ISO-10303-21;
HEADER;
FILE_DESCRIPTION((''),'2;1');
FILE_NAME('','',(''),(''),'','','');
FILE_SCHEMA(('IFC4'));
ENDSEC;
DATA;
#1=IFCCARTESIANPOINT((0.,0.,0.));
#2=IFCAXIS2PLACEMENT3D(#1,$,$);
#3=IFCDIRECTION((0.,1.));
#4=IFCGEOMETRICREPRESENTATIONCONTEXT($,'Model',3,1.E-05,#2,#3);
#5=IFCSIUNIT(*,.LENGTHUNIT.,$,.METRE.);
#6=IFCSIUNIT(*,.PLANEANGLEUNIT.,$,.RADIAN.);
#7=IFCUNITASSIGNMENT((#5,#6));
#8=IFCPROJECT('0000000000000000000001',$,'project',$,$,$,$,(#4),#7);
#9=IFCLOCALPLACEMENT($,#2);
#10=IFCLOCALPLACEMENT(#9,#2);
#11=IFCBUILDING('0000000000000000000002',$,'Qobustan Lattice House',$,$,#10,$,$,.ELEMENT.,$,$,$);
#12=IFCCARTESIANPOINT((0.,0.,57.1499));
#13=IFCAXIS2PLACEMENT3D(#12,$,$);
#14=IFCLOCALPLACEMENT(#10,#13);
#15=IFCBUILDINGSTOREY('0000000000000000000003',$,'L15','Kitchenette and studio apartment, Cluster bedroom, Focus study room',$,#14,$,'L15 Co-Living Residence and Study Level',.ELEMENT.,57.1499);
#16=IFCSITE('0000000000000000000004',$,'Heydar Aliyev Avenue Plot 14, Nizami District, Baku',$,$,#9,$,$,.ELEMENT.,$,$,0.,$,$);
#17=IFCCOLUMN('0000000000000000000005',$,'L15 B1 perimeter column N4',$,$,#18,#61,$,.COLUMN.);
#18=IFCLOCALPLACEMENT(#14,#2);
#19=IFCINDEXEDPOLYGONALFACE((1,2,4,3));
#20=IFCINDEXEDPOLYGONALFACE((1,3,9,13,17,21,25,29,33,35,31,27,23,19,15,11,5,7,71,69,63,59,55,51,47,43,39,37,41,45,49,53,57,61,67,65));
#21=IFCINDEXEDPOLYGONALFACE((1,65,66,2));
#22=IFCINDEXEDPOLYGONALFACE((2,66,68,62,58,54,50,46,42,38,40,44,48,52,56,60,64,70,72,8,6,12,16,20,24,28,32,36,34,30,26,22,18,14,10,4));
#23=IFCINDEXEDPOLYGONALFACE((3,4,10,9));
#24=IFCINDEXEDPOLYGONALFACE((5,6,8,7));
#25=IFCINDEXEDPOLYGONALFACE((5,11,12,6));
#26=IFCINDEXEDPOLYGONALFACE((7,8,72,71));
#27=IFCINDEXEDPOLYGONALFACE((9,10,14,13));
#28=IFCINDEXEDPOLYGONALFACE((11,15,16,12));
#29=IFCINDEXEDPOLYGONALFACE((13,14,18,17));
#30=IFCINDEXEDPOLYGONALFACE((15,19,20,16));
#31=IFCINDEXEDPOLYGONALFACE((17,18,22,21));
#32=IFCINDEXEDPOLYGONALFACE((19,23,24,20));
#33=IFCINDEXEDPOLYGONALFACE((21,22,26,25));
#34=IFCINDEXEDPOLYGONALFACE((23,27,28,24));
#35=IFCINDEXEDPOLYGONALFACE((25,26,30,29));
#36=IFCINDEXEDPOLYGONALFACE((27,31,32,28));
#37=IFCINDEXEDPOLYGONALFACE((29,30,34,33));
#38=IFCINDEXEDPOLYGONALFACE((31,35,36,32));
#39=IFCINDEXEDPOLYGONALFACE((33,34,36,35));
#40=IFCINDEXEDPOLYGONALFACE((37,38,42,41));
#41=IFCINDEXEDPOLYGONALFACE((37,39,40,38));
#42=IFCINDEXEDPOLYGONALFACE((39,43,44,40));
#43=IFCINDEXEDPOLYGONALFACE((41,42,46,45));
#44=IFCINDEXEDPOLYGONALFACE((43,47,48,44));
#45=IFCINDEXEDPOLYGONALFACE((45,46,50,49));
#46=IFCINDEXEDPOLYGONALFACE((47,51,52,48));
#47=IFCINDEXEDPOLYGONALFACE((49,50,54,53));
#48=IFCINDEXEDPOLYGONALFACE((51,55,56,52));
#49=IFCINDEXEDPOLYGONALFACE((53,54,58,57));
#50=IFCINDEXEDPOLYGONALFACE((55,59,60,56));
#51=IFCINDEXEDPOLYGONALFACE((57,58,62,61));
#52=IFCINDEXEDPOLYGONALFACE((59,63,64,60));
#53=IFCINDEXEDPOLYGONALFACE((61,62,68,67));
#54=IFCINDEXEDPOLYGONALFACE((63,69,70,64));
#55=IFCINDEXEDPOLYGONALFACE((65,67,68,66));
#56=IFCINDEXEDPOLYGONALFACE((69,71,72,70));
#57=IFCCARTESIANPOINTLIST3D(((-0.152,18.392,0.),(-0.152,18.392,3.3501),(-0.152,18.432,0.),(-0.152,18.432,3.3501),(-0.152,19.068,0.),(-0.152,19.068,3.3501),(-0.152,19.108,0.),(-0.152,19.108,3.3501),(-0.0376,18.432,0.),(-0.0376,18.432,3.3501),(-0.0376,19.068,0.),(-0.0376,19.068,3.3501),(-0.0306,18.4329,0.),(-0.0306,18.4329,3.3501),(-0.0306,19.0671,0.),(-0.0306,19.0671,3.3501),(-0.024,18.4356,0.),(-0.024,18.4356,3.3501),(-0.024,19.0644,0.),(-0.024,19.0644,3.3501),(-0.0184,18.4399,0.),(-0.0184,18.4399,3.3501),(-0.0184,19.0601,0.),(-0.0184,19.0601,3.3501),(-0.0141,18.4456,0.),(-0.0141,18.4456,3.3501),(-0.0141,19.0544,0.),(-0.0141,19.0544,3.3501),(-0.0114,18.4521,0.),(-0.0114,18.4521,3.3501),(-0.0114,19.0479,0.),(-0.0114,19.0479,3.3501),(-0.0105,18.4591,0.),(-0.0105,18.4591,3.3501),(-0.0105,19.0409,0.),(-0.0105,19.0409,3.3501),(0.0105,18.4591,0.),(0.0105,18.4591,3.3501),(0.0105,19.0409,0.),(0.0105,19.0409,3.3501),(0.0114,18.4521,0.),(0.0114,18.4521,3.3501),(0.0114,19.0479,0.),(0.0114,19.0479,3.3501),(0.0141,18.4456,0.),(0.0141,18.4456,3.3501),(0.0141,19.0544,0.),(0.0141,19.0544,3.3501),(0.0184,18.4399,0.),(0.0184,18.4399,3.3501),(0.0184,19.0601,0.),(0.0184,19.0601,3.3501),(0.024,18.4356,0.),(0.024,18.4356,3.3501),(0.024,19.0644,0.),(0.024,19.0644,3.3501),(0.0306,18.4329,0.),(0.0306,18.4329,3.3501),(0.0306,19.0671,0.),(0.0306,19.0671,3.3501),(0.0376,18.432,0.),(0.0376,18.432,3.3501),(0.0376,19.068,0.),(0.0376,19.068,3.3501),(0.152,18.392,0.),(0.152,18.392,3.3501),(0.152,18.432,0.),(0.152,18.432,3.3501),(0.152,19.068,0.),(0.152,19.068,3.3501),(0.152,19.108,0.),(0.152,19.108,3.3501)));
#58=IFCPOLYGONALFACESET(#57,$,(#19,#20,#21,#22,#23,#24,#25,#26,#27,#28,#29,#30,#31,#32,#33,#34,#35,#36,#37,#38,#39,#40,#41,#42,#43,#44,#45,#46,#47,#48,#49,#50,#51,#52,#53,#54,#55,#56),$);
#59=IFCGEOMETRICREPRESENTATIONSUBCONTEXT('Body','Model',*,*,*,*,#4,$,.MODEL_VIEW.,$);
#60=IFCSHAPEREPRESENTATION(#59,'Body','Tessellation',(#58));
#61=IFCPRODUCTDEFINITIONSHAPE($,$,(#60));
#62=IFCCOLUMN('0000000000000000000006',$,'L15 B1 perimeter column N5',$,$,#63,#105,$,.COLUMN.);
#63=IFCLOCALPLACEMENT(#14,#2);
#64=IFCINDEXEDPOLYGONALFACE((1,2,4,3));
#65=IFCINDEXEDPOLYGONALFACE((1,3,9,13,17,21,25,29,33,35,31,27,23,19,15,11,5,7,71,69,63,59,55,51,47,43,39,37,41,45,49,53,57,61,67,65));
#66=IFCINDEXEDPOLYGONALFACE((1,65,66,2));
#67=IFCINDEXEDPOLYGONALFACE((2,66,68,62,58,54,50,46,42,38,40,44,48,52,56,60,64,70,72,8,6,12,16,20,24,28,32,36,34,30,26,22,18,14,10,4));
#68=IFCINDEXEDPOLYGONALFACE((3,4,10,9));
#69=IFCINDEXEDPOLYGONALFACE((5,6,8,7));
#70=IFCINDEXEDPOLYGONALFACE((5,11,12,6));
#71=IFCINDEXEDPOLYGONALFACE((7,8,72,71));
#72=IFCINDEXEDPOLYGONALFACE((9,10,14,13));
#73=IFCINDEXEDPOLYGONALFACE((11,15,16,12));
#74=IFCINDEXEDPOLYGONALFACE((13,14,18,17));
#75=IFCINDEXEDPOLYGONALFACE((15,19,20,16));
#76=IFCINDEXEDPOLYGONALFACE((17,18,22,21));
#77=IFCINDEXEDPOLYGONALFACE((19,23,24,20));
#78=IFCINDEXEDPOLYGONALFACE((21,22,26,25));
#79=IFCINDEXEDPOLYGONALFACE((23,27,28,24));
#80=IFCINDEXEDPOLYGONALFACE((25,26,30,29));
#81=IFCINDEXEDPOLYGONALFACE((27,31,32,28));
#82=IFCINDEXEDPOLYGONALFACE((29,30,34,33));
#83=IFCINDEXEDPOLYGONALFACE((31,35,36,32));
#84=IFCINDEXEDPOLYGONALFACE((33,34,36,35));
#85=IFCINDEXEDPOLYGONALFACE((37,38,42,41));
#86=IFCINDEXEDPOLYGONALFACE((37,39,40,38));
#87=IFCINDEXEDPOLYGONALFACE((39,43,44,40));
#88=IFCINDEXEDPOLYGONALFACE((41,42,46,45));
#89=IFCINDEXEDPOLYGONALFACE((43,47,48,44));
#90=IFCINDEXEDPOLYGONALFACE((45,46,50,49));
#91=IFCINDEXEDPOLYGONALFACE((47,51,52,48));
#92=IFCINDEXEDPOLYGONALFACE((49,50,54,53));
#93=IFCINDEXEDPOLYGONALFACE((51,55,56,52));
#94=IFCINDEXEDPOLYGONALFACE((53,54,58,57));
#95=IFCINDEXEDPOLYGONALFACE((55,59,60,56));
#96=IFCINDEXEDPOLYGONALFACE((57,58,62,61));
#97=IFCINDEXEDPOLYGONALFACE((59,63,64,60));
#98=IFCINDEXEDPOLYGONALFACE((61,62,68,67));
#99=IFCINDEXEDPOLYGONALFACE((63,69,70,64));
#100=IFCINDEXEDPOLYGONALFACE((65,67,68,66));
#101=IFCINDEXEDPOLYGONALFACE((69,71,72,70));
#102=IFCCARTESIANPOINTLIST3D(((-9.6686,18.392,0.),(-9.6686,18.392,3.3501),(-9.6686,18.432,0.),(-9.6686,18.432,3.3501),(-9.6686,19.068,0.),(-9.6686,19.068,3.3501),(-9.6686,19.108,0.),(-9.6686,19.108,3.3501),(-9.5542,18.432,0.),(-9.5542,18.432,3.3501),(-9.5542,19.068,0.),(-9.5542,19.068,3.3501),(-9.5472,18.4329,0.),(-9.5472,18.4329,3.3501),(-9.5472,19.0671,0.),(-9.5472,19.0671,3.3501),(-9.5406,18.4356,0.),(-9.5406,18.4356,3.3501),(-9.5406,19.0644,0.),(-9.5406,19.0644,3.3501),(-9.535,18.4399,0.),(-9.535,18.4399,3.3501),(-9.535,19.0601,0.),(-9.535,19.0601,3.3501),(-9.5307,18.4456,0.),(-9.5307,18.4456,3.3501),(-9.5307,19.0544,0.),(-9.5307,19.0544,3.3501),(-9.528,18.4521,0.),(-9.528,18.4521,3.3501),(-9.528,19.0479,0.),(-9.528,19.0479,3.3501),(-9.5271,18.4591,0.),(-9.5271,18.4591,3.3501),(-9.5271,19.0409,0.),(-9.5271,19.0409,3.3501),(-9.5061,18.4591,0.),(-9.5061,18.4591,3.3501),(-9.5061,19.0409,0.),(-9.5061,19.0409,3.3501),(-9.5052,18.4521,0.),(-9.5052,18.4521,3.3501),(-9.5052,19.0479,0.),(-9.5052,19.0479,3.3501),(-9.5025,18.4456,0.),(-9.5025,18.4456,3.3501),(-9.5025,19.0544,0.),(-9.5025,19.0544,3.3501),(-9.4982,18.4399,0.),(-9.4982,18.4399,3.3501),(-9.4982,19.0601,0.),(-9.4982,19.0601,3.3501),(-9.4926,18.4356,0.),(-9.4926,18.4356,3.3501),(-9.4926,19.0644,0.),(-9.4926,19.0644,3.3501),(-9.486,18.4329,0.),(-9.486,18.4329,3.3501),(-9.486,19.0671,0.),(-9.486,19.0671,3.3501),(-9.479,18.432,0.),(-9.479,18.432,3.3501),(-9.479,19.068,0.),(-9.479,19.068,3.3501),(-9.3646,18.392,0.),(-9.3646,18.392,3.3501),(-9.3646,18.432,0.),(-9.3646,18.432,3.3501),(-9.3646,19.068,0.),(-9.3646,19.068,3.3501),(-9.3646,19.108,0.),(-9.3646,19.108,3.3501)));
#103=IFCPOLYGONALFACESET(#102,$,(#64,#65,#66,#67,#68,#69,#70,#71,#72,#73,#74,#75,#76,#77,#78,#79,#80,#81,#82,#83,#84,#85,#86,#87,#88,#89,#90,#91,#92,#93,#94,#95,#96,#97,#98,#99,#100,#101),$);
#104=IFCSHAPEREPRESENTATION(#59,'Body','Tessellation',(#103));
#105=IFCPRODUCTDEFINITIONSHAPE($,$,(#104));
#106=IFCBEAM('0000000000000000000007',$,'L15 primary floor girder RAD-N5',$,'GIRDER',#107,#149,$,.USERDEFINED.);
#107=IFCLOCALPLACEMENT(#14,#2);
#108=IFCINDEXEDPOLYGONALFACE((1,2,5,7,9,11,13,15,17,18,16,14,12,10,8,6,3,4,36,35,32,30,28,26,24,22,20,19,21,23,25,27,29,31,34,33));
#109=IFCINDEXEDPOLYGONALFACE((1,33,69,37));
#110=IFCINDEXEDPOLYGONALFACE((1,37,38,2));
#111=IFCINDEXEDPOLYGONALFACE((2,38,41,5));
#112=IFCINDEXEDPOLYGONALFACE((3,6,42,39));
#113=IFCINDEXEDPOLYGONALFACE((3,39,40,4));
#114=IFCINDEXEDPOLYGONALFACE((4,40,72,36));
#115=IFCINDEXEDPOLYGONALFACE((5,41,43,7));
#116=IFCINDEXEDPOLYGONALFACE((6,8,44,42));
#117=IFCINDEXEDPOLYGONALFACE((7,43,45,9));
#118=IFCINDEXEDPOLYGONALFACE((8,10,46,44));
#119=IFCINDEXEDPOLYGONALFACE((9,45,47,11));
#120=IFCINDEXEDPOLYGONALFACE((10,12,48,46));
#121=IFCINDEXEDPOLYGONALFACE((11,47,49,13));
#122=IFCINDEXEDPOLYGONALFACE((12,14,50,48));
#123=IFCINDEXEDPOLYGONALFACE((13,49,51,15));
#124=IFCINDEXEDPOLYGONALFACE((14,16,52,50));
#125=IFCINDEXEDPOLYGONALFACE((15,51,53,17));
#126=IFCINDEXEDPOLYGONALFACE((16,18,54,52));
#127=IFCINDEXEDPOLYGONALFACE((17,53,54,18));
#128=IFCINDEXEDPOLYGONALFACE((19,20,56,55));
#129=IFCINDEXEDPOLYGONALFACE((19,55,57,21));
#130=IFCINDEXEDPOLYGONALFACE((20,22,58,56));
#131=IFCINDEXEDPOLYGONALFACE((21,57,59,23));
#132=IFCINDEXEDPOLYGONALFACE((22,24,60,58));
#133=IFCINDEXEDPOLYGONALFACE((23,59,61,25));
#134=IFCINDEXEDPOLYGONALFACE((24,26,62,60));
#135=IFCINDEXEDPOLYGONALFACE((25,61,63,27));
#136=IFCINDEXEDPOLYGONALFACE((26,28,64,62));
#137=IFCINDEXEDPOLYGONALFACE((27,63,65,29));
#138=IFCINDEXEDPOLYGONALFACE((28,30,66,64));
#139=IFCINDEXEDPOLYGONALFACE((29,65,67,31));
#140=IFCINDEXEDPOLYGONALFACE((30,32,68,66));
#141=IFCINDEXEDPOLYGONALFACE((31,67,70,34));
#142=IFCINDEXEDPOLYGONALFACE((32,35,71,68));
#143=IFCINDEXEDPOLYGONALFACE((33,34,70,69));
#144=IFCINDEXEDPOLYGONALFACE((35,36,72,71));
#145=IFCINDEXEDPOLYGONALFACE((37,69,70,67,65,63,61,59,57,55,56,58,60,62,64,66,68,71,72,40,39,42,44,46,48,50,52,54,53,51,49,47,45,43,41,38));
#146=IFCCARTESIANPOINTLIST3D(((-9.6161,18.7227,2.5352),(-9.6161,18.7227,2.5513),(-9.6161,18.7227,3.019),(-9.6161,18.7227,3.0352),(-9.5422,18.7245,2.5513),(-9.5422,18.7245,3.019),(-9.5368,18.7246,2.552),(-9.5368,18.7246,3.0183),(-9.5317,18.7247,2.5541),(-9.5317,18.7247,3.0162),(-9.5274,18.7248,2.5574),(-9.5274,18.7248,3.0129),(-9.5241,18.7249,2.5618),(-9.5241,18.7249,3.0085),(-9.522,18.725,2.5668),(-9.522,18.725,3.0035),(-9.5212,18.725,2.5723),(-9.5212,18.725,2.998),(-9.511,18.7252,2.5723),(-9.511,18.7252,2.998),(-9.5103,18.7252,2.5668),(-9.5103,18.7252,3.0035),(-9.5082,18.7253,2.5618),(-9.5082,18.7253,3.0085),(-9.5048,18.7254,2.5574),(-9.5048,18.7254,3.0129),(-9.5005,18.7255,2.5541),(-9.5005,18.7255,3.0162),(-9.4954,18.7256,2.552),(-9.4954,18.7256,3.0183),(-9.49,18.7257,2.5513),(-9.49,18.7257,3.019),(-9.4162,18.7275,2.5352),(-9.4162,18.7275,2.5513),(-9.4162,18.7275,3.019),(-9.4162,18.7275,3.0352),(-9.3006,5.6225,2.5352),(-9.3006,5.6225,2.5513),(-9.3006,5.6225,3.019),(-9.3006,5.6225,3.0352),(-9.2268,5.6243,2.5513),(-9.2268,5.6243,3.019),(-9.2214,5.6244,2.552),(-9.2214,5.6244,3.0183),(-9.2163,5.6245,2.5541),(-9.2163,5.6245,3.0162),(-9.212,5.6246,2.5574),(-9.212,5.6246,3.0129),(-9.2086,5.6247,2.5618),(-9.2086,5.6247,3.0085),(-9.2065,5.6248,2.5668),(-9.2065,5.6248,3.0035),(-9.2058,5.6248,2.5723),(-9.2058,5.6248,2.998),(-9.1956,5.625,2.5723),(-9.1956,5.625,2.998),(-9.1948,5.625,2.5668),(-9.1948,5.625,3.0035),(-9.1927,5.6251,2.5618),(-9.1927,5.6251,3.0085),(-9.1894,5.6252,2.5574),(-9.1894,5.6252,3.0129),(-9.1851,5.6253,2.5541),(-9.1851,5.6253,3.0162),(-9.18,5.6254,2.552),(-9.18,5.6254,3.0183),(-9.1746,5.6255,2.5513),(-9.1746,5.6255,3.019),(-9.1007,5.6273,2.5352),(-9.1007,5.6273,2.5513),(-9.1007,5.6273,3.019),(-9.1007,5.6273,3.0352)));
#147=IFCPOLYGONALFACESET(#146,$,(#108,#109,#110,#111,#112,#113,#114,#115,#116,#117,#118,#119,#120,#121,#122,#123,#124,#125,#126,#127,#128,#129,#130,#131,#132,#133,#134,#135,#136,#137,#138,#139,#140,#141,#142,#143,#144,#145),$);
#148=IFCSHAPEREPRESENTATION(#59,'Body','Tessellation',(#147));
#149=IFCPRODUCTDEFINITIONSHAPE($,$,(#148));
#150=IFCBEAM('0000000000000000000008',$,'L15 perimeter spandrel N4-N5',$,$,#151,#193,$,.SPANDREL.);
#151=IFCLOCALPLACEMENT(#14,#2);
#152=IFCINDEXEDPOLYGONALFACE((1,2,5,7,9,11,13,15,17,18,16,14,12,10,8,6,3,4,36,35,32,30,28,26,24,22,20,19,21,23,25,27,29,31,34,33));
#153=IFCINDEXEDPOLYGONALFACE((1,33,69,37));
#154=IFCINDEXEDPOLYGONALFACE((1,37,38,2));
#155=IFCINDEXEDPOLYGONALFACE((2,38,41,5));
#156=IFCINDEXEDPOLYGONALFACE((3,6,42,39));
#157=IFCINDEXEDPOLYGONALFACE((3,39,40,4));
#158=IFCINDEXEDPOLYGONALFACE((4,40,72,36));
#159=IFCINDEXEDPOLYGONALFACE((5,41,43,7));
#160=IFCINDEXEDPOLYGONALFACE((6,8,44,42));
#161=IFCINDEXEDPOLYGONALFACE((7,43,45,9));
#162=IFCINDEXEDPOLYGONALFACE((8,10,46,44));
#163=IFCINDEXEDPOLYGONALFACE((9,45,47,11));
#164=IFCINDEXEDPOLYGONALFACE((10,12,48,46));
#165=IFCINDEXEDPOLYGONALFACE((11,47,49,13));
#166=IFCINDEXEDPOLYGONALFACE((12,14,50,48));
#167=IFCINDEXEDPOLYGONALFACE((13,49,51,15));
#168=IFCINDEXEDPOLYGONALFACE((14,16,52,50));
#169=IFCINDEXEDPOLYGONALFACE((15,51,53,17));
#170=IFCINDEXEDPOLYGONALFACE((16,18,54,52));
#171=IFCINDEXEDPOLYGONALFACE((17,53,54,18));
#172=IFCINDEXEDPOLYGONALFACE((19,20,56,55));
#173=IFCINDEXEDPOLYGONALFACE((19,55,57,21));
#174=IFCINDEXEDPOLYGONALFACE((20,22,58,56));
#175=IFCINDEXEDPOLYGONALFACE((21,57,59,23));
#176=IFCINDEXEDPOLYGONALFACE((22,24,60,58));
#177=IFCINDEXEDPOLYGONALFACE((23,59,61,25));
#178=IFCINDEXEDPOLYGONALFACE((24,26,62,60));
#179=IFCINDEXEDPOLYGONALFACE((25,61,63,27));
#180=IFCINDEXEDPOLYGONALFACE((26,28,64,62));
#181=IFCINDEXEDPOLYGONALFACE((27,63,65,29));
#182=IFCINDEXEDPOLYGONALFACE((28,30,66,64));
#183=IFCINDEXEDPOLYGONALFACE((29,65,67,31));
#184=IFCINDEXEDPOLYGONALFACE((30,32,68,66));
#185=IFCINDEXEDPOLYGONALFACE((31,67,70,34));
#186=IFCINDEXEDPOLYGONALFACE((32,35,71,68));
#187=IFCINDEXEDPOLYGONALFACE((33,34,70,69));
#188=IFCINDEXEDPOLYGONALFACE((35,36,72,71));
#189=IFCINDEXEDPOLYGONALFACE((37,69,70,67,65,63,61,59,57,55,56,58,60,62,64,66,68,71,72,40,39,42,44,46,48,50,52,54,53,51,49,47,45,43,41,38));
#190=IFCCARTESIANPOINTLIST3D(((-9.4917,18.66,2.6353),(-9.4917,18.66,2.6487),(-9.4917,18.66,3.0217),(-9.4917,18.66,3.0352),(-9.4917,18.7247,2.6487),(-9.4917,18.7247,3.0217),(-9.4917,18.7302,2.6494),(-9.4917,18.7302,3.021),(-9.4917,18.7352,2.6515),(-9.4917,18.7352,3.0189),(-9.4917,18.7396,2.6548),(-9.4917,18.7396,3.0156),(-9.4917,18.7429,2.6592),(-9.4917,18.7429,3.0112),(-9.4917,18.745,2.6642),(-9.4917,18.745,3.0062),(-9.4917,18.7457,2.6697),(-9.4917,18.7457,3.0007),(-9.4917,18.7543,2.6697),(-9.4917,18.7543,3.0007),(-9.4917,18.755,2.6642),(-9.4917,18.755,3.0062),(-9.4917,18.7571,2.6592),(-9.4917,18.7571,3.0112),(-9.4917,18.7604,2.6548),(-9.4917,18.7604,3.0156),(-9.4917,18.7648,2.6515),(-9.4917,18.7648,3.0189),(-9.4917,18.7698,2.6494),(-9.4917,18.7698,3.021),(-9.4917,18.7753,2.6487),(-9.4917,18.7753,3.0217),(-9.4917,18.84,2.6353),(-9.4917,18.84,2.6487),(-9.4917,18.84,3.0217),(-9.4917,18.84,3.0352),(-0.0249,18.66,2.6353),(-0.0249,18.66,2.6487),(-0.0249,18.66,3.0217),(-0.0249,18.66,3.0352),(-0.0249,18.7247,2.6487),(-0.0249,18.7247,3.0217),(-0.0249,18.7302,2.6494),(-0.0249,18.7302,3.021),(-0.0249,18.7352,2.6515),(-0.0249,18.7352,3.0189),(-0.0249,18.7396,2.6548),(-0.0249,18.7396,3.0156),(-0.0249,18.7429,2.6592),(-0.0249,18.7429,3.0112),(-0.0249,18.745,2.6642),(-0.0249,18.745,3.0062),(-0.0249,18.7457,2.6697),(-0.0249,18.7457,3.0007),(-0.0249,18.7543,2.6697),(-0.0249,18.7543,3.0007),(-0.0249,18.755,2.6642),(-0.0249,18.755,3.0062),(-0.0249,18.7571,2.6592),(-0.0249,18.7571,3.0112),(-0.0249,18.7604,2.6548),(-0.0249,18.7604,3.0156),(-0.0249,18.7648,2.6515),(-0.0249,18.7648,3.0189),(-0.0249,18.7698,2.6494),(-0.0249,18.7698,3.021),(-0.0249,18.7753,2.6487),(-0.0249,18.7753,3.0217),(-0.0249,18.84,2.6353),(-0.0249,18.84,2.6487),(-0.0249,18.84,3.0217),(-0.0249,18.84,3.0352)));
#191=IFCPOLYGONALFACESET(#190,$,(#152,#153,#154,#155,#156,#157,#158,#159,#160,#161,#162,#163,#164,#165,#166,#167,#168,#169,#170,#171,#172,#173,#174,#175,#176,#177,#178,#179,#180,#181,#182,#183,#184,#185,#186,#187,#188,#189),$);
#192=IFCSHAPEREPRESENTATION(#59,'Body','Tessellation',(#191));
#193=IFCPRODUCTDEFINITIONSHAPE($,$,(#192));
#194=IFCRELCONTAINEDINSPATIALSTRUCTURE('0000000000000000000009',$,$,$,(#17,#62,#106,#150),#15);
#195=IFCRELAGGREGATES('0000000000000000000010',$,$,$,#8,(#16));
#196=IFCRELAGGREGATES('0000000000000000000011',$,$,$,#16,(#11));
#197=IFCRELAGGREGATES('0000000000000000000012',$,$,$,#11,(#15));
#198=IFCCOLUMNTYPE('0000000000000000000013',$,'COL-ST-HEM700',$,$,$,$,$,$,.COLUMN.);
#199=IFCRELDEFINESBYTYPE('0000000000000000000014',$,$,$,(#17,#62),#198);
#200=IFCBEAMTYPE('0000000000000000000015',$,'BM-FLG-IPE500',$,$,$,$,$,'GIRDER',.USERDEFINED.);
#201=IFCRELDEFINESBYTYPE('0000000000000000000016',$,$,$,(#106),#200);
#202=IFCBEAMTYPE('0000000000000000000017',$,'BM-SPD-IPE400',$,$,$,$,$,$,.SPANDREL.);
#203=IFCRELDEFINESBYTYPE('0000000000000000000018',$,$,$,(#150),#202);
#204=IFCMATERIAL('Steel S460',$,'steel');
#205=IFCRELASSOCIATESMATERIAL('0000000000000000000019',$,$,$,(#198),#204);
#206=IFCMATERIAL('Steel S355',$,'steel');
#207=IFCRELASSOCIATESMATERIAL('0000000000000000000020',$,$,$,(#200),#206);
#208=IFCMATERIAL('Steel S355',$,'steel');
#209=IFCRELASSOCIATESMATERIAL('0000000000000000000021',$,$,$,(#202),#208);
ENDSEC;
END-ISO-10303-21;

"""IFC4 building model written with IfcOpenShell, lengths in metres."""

from ifc_helpers import new_model, si_unit, direction, frame, origin, origin_2d, place, context, subcontext, project, spatial, i_section, extrude, material, material_profile, profile_set, type_object, element, save


model = new_model("IFC4")

# Units and contexts
model_context = context("Model", 3, precision=1e-05, world=origin(), true_north=direction((0.0, 1.0)))
body_context = subcontext(model_context, "Body", "Model", "MODEL_VIEW")
ifc_project = project(units=[si_unit("LENGTHUNIT", "METRE"), si_unit("PLANEANGLEUNIT", "RADIAN")], contexts=[model_context])

# Site, building, storey
site_placement = place(None, origin())
site = spatial("IfcSite", under=ifc_project, at=site_placement, Name="Heydar Aliyev Avenue Plot 14, Nizami District, Baku", CompositionType="ELEMENT", RefElevation=0.0)
building_placement = place(site_placement, origin())
building = spatial("IfcBuilding", under=site, at=building_placement, Name="Qobustan Lattice House", CompositionType="ELEMENT")
storey_placement = place(building_placement, frame((0.0, 0.0, 57.1499)))
storey = spatial("IfcBuildingStorey", under=building, at=storey_placement, Name="L15", Description="Kitchenette and studio apartment, Cluster bedroom, Focus study room", LongName="L15 Co-Living Residence and Study Level", CompositionType="ELEMENT", Elevation=57.1499)

# Columns
ifc_material_1 = material(Name="Steel S460", Category="steel")
ifc_material_profile_1 = material_profile(ifc_material_1, i_section(OverallWidth=0.304, OverallDepth=0.7161, WebThickness=0.021, FlangeThickness=0.04, FilletRadius=0.0271, at=origin_2d()), Name="HEM700")
ifc_profile_set_1 = profile_set([ifc_material_profile_1], Name="Steel S460")
column_type = type_object("IfcColumnType", Name="COL-ST-HEM700", PredefinedType="COLUMN", material=ifc_profile_set_1)
for number, where, z_axis, x_axis, name in (
    (1, (0.0, 18.75, 0.0), (0.0, 0.0, 1.0), (1.0, 0.0, 0.0), "L15 B1 perimeter column N4"),
    (2, (-9.5166, 18.75, 0.0), (0.0, 0.0, 1.0), (1.0, 0.0, 0.0), "L15 B1 perimeter column N5"),
):
    element("IfcColumn", number, at=place(storey_placement, frame(where, z_axis=z_axis, x_axis=x_axis)), inside=storey, type_object=column_type, Name=name, PredefinedType="COLUMN", context=body_context, shape_type="SweptSolid", body=[
        extrude(i_section(OverallWidth=0.304, OverallDepth=0.7161, WebThickness=0.021, FlangeThickness=0.04, FilletRadius=0.0271, at=origin_2d()), origin(), (0.0, 0.0, 1.0), 3.3501),
    ])

# Beams
ifc_material_2 = material(Name="Steel S355", Category="steel")
ifc_material_profile_2 = material_profile(ifc_material_2, i_section(OverallWidth=0.2, OverallDepth=0.5, WebThickness=0.0103, FlangeThickness=0.0161, FilletRadius=0.021, at=origin_2d()), Name="IPE500")
ifc_profile_set_2 = profile_set([ifc_material_profile_2], Name="Steel S355")
beam_type_1 = type_object("IfcBeamType", Name="BM-FLG-IPE500", ElementType="GIRDER", PredefinedType="USERDEFINED", material=ifc_profile_set_2)
beam_1_placement = place(storey_placement, frame((-9.5161, 18.7251, 2.7852), z_axis=(0.024071, -0.99971, 0.0), x_axis=(0.99971, 0.024071, 0.0)))
element("IfcBeam", 3, at=beam_1_placement, inside=storey, type_object=beam_type_1, Name="L15 primary floor girder RAD-N5", ObjectType="GIRDER", PredefinedType="USERDEFINED", context=body_context, shape_type="SweptSolid", body=[
    extrude(i_section(OverallWidth=0.2, OverallDepth=0.5, WebThickness=0.0103, FlangeThickness=0.0161, FilletRadius=0.021, at=origin_2d()), origin(), (0.0, 0.0, 1.0), 13.104),
])
ifc_material_3 = material(Name="Steel S355", Category="steel")
ifc_material_profile_3 = material_profile(ifc_material_3, i_section(OverallWidth=0.1799, OverallDepth=0.3999, WebThickness=0.0085, FlangeThickness=0.0134, FilletRadius=0.021, at=origin_2d()), Name="IPE400")
ifc_profile_set_3 = profile_set([ifc_material_profile_3], Name="Steel S355")
beam_type_2 = type_object("IfcBeamType", Name="BM-SPD-IPE400", PredefinedType="SPANDREL", material=ifc_profile_set_3)
beam_2_placement = place(storey_placement, frame((-0.0249, 18.75, 2.8352), z_axis=(-1.0, 0.0, 0.0), x_axis=(0.0, -1.0, 0.0)))
element("IfcBeam", 4, at=beam_2_placement, inside=storey, type_object=beam_type_2, Name="L15 perimeter spandrel N4-N5", PredefinedType="SPANDREL", context=body_context, shape_type="SweptSolid", body=[
    extrude(i_section(OverallWidth=0.1799, OverallDepth=0.3999, WebThickness=0.0085, FlangeThickness=0.0134, FilletRadius=0.021, at=origin_2d()), origin(), (0.0, 0.0, 1.0), 9.4668),
])

save(model, "model.ifc")
